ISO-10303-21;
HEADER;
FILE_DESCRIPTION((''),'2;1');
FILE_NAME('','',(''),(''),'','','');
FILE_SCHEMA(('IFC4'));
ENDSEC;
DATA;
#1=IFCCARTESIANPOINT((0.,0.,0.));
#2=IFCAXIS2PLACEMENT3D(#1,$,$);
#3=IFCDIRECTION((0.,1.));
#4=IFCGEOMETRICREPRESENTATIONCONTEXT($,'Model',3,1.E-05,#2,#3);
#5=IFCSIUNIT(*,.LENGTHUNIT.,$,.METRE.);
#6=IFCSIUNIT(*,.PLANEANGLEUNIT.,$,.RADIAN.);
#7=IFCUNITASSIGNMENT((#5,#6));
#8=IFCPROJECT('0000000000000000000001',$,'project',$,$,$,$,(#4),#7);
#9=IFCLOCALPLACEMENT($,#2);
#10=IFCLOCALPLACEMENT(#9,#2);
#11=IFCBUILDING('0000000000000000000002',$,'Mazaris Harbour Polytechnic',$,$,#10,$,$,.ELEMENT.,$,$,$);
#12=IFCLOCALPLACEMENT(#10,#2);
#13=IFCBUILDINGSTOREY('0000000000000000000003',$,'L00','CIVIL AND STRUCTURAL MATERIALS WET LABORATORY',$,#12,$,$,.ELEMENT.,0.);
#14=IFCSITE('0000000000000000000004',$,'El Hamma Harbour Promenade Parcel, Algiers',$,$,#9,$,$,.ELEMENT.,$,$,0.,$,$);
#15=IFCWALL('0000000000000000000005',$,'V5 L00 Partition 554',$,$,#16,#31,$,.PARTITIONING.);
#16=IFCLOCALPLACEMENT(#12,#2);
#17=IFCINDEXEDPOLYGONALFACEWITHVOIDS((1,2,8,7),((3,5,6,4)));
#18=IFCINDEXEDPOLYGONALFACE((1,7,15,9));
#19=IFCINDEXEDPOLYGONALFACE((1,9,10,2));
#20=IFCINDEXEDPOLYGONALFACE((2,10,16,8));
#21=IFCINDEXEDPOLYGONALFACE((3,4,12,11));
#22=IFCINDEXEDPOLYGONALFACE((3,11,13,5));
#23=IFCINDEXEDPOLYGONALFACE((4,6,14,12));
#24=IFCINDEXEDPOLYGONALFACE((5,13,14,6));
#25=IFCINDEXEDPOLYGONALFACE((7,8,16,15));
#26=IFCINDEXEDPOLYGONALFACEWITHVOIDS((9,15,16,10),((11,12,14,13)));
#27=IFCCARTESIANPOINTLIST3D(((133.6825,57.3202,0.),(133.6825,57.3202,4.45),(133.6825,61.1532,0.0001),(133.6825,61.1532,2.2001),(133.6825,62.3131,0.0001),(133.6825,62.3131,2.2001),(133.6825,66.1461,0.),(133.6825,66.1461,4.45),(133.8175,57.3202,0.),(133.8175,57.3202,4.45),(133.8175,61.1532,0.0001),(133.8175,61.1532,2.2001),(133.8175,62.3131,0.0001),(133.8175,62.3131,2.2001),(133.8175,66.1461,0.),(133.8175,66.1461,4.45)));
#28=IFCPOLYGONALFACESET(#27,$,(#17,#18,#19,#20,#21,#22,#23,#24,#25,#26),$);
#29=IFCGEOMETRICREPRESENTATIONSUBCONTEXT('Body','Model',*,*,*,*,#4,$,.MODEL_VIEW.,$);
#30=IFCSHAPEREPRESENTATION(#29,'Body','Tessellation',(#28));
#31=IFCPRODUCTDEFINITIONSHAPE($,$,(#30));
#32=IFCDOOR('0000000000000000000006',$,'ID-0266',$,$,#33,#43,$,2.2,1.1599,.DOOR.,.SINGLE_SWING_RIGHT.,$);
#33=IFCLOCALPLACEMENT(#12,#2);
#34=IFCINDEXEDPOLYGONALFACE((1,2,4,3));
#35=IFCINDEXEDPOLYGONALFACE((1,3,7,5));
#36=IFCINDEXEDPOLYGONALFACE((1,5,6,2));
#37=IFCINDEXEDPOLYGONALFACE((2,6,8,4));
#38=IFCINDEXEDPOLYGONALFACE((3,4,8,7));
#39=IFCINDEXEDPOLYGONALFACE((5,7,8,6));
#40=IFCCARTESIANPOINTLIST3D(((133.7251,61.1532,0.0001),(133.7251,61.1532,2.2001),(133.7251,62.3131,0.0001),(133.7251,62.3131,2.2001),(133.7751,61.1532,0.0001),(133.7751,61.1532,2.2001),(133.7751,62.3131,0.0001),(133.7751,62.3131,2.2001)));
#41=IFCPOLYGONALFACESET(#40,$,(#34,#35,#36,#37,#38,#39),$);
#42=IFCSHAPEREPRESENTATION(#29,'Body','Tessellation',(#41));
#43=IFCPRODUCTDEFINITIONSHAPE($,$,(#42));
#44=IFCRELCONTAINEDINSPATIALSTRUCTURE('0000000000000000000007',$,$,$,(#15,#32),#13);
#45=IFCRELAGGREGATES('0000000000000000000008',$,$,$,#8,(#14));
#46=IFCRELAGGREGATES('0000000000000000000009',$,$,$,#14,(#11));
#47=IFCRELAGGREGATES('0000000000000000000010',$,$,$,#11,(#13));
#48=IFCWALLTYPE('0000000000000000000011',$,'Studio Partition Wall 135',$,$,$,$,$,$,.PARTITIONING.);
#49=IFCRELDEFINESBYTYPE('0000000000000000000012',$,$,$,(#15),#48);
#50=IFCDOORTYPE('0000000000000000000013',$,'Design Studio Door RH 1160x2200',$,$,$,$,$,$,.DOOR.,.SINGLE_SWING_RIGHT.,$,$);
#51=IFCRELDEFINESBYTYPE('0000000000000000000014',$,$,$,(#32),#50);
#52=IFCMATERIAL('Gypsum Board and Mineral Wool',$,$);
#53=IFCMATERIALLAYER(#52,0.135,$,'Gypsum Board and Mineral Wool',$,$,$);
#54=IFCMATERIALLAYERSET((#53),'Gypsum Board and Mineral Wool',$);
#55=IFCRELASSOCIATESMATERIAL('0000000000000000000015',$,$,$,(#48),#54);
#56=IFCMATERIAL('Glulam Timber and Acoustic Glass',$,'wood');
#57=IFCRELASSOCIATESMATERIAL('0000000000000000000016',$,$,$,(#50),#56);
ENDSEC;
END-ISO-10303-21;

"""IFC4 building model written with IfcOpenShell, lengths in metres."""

from ifc_helpers import new_model, si_unit, direction, frame, frame_2d, origin, place, context, subcontext, project, spatial, rectangle, extrude, material, layer, layer_set, type_object, element, fill, save


model = new_model("IFC4")

# Units and contexts
model_context = context("Model", 3, precision=1e-05, world=origin(), true_north=direction((0.0, 1.0)))
body_context = subcontext(model_context, "Body", "Model", "MODEL_VIEW")
ifc_project = project(units=[si_unit("LENGTHUNIT", "METRE"), si_unit("PLANEANGLEUNIT", "RADIAN")], contexts=[model_context])

# Site, building, storey
site_placement = place(None, origin())
site = spatial("IfcSite", under=ifc_project, at=site_placement, Name="El Hamma Harbour Promenade Parcel, Algiers", CompositionType="ELEMENT", RefElevation=0.0)
building_placement = place(site_placement, origin())
building = spatial("IfcBuilding", under=site, at=building_placement, Name="Mazaris Harbour Polytechnic", CompositionType="ELEMENT")
storey_placement = place(building_placement, origin())
storey = spatial("IfcBuildingStorey", under=building, at=storey_placement, Name="L00", Description="CIVIL AND STRUCTURAL MATERIALS WET LABORATORY", CompositionType="ELEMENT", Elevation=0.0)

# Wall, opening, door
ifc_material_1 = material(Name="Gypsum Board and Mineral Wool")
ifc_layer_1 = layer(ifc_material_1, 0.135, Name="Gypsum Board and Mineral Wool")
ifc_layer_set_1 = layer_set([ifc_layer_1], Name="Gypsum Board and Mineral Wool")
wall_type = type_object("IfcWallType", Name="Studio Partition Wall 135", PredefinedType="PARTITIONING", material=ifc_layer_set_1)
wall_placement = place(storey_placement, frame((133.75, 57.3201, 0.0), z_axis=(0.0, 0.0, 1.0), x_axis=(0.0, 1.0, 0.0)))
wall = element("IfcWall", 1, at=wall_placement, inside=storey, type_object=wall_type, Name="V5 L00 Partition 554", PredefinedType="PARTITIONING", context=body_context, shape_type="SweptSolid", body=[
    extrude(rectangle(XDim=8.8259, YDim=0.135, at=frame_2d((4.4131, 0.0))), origin(), (0.0, 0.0, 1.0), 4.45),
])
opening_placement = place(wall_placement, frame((3.833, 0.0, 0.0)))
opening = element("IfcOpeningElement", 2, at=opening_placement, cuts=wall, PredefinedType="OPENING", context=body_context, shape_type="SweptSolid", body=[
    extrude(rectangle(XDim=1.1599, YDim=2.2, at=frame_2d((0.5801, 1.1001))), frame((0.0, 0.0774, 0.0), z_axis=(0.0, -1.0, 0.0), x_axis=(1.0, 0.0, 0.0)), (0.0, 0.0, 1.0), 0.155),
])
ifc_material_2 = material(Name="Glulam Timber and Acoustic Glass", Category="wood")
door_type = type_object("IfcDoorType", Name="Design Studio Door RH 1160x2200", OperationType="SINGLE_SWING_RIGHT", PredefinedType="DOOR", material=ifc_material_2)
door_placement = place(opening_placement, origin())
door = element("IfcDoor", 3, at=door_placement, inside=storey, type_object=door_type, Name="ID-0266", OperationType="SINGLE_SWING_RIGHT", OverallHeight=2.2, OverallWidth=1.1599, PredefinedType="DOOR", context=body_context, shape_type="SweptSolid", body=[
    extrude(rectangle(XDim=1.1599, YDim=2.2, at=frame_2d((0.5801, 1.1001))), frame((0.0, 0.0249, 0.0), z_axis=(0.0, -1.0, 0.0), x_axis=(1.0, 0.0, 0.0)), (0.0, 0.0, 1.0), 0.05),
])
fill(opening, door)

save(model, "model.ifc")
